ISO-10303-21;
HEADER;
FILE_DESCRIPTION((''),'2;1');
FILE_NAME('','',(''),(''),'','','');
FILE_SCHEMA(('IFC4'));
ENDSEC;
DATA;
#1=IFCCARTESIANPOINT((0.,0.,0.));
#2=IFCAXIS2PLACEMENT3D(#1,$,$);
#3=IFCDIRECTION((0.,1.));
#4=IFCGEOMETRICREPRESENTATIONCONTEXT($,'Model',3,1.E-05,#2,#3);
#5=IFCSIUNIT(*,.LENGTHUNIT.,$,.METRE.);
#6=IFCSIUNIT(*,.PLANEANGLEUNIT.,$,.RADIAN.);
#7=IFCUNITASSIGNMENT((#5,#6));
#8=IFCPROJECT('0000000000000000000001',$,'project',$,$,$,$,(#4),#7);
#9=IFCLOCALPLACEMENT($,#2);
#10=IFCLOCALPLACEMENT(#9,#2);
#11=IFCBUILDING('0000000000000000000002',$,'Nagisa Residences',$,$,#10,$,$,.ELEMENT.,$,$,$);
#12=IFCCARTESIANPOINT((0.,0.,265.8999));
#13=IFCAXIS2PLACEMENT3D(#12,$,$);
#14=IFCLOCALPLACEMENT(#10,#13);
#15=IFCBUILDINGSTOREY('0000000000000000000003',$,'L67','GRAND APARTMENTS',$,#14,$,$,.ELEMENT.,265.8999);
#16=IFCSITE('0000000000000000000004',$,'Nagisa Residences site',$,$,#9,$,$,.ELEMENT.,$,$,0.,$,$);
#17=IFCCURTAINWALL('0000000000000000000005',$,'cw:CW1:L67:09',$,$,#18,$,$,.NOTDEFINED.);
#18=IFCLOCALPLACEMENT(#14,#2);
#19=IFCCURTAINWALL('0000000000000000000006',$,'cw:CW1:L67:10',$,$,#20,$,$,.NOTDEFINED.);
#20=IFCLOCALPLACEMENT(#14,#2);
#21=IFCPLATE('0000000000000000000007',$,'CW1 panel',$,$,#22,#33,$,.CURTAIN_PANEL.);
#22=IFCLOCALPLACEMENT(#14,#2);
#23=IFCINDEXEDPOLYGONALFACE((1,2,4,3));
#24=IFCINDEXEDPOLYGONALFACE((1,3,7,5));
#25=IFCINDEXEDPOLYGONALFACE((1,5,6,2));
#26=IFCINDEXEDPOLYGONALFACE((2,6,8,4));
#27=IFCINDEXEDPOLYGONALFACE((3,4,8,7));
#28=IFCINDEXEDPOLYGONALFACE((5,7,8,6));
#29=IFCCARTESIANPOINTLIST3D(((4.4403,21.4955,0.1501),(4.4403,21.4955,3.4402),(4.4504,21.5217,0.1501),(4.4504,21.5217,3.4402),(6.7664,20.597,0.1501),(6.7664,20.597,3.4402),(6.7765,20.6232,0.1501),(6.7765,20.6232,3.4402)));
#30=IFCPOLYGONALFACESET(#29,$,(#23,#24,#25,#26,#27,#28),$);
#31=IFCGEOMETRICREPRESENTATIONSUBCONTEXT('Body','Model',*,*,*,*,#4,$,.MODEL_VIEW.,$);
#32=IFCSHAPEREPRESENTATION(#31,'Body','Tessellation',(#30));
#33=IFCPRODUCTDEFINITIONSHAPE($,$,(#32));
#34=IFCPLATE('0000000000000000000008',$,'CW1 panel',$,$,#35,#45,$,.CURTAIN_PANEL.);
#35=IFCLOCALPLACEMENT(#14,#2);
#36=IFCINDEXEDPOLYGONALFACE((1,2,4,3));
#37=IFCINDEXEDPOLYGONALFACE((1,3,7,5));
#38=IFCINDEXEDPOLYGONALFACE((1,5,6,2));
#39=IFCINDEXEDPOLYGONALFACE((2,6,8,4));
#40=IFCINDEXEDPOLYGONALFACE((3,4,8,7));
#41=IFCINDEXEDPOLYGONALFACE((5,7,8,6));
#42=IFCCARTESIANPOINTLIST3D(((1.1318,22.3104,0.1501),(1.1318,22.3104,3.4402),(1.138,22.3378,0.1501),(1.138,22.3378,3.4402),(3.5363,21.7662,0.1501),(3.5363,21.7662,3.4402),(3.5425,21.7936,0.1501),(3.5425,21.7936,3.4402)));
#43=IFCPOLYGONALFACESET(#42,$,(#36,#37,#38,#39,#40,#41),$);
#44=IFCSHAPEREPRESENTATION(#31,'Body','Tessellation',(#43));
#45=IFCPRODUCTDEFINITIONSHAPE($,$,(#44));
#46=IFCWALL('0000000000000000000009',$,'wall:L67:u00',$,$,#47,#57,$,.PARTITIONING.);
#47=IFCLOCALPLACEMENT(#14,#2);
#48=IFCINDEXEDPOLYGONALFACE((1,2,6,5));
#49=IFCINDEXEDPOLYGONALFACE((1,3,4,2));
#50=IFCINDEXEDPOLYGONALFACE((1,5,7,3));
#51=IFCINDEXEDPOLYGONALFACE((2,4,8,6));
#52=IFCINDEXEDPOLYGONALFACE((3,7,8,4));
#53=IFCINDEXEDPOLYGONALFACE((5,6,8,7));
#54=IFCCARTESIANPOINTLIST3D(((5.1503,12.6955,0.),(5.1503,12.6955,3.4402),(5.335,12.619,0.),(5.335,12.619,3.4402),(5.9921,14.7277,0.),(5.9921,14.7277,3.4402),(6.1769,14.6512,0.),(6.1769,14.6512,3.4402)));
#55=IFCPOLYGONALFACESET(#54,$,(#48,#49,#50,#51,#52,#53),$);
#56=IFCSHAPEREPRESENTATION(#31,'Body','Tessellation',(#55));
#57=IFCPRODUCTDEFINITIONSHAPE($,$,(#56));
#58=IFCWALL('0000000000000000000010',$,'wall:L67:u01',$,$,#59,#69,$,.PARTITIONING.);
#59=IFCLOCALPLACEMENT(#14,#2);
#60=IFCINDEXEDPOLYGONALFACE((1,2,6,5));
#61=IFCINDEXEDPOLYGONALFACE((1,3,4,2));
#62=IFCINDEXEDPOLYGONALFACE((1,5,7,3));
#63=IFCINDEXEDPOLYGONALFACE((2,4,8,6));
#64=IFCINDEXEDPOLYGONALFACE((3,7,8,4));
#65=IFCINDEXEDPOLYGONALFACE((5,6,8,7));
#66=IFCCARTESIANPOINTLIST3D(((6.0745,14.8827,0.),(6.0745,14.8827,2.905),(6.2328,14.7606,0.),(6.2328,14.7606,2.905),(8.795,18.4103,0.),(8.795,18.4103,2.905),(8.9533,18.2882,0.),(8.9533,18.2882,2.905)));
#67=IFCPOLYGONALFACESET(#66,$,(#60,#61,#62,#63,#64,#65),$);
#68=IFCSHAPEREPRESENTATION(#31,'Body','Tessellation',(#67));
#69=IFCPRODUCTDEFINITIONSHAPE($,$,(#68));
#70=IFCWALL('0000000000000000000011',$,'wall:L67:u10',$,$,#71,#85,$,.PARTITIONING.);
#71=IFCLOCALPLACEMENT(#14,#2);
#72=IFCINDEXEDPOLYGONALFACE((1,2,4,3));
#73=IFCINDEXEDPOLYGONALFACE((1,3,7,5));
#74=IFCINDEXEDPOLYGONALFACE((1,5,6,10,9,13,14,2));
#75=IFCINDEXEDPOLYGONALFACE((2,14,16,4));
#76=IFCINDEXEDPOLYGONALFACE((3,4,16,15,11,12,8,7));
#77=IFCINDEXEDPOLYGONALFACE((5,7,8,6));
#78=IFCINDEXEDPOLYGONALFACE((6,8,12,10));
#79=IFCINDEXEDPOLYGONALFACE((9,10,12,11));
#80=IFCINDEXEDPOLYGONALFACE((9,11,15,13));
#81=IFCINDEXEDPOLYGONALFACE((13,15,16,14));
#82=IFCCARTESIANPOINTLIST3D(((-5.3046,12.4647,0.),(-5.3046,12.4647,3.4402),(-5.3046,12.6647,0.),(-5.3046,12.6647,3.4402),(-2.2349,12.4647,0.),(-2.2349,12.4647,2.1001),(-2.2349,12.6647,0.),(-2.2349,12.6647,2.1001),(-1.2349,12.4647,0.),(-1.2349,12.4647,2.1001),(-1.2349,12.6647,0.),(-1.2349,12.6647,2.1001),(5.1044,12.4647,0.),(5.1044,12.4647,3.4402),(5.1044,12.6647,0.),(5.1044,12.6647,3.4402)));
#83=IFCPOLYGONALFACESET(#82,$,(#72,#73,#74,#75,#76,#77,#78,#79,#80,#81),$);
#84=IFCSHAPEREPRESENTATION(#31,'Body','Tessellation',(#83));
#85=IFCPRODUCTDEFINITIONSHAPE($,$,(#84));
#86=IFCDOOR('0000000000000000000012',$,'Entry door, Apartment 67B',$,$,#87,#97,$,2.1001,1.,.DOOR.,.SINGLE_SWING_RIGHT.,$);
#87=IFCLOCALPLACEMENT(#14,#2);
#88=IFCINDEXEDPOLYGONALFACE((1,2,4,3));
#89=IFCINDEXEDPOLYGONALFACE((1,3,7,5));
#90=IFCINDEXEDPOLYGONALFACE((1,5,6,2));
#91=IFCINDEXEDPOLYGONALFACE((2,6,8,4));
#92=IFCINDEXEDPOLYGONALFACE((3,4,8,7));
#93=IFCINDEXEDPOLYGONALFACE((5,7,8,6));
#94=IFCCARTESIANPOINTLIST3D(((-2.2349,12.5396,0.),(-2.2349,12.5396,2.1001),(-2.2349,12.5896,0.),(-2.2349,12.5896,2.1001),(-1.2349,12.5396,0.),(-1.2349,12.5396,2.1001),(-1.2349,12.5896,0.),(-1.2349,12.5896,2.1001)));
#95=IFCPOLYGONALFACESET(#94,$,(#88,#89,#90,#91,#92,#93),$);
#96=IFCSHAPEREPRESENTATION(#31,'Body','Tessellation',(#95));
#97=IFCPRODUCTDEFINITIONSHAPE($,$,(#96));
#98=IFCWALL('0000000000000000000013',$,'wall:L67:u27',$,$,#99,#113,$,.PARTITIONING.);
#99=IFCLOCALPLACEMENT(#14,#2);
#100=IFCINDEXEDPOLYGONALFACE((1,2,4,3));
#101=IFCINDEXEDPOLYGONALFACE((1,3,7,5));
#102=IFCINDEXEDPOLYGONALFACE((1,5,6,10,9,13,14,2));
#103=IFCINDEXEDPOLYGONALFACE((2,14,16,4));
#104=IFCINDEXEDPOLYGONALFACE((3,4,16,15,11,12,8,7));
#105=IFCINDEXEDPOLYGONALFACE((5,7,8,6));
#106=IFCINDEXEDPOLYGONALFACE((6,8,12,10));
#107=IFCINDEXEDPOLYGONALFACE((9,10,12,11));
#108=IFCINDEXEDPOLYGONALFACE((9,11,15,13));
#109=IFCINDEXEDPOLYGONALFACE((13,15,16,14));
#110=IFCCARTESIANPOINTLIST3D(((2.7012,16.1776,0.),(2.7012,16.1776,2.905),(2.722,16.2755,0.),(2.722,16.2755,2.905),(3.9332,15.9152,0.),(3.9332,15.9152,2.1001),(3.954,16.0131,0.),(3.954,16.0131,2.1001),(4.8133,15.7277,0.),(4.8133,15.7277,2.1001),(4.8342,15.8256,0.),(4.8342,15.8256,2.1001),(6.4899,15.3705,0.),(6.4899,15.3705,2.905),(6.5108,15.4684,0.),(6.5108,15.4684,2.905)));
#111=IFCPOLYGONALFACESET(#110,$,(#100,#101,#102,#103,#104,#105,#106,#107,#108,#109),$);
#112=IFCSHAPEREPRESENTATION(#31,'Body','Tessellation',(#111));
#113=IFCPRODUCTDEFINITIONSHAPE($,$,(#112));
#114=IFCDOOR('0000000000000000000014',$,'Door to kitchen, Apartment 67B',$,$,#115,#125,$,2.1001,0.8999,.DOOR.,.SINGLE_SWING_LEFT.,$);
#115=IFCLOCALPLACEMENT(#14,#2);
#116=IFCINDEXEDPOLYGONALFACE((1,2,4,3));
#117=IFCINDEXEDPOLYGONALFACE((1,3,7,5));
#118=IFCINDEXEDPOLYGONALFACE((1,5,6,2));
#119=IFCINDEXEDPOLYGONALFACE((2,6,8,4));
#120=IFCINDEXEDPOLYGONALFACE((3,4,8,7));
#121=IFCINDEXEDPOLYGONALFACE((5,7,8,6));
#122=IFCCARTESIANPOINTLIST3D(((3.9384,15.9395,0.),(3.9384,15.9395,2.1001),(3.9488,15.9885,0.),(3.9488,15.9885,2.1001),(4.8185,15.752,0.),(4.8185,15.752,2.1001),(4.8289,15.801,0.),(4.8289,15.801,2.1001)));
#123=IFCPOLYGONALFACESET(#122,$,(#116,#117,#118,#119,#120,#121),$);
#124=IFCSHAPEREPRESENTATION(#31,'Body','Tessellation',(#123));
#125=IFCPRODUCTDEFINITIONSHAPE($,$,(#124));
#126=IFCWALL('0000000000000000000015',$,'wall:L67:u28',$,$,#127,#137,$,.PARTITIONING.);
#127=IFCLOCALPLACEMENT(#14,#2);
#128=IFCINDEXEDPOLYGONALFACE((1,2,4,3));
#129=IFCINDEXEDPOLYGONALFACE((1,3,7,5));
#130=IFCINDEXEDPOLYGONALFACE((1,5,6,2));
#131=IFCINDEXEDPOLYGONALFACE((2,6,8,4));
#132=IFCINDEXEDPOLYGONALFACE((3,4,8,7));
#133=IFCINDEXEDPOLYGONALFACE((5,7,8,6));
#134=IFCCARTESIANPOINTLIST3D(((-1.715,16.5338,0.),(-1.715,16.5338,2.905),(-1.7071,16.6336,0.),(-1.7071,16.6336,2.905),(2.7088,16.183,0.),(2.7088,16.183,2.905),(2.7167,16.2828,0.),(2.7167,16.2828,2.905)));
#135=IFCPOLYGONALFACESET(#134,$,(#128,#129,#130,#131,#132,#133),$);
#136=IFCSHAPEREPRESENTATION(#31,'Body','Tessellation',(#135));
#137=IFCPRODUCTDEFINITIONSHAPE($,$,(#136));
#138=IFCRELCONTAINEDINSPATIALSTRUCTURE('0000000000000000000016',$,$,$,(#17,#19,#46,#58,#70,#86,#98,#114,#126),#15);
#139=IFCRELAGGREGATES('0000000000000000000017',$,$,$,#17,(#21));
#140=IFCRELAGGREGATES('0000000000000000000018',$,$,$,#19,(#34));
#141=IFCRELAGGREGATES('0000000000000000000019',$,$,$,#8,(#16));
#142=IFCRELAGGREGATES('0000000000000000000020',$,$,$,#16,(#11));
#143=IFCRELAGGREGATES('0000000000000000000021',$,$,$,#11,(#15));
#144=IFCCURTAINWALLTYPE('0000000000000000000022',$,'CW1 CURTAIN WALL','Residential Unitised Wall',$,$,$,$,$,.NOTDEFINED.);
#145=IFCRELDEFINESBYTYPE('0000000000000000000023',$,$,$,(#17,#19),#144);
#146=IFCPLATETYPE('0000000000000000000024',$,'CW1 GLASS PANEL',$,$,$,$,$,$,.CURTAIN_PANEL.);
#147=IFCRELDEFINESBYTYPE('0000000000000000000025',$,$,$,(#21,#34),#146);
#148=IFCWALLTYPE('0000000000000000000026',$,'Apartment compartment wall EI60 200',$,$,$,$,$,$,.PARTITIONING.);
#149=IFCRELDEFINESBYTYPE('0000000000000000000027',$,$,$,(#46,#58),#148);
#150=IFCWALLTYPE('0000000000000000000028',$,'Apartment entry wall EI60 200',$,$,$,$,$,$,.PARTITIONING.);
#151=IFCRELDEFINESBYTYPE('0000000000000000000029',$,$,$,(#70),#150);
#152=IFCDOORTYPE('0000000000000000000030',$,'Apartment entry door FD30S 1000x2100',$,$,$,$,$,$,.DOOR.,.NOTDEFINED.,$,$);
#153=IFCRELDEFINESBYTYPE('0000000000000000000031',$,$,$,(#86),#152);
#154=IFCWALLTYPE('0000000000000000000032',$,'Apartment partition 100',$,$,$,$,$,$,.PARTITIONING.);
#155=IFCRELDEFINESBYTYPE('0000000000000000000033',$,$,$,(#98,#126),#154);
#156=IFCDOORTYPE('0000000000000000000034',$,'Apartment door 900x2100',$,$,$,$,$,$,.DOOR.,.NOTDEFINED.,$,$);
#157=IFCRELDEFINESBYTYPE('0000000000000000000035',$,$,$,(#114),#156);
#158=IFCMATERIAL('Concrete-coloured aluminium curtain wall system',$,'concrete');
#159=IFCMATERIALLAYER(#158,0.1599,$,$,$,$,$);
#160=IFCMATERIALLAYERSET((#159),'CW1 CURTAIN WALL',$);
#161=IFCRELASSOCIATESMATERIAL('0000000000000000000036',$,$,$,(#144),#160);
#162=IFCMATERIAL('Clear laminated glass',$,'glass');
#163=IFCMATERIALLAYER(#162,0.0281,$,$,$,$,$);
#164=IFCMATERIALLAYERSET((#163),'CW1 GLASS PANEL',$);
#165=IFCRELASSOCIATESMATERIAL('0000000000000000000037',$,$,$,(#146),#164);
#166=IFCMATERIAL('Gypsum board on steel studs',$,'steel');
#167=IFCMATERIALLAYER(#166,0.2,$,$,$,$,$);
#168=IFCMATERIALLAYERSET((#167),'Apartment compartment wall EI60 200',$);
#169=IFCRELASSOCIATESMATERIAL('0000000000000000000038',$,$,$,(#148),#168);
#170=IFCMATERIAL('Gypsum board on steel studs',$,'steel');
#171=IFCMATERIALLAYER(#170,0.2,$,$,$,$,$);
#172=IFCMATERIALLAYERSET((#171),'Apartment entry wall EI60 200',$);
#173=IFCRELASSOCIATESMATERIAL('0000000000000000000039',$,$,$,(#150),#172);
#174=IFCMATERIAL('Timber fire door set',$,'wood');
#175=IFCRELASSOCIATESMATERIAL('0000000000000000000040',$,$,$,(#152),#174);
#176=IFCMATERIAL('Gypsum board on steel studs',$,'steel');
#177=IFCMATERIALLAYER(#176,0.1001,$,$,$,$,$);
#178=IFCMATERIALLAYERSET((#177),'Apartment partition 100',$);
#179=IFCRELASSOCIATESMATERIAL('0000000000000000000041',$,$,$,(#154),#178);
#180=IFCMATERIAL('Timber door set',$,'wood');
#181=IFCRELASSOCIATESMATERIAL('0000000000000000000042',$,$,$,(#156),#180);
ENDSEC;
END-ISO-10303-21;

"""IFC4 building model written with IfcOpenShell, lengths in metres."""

from ifc_helpers import new_model, si_unit, direction, frame, frame_2d, origin, origin_2d, place, context, subcontext, project, spatial, rectangle, extrude, material, layer, layer_set, type_object, element, fill, aggregate, save


model = new_model("IFC4")

# Units and contexts
model_context = context("Model", 3, precision=1e-05, world=origin(), true_north=direction((0.0, 1.0)))
body_context = subcontext(model_context, "Body", "Model", "MODEL_VIEW")
ifc_project = project(units=[si_unit("LENGTHUNIT", "METRE"), si_unit("PLANEANGLEUNIT", "RADIAN")], contexts=[model_context])

# Site, building, storey
site_placement = place(None, origin())
site = spatial("IfcSite", under=ifc_project, at=site_placement, Name="Nagisa Residences site", CompositionType="ELEMENT", RefElevation=0.0)
building_placement = place(site_placement, origin())
building = spatial("IfcBuilding", under=site, at=building_placement, Name="Nagisa Residences", CompositionType="ELEMENT")
storey_placement = place(building_placement, frame((0.0, 0.0, 265.8999)))
storey = spatial("IfcBuildingStorey", under=building, at=storey_placement, Name="L67", Description="GRAND APARTMENTS", CompositionType="ELEMENT", Elevation=265.8999)

# Curtain walls
ifc_material_1 = material(Name="Concrete-coloured aluminium curtain wall system", Category="concrete")
ifc_layer_1 = layer(ifc_material_1, 0.1599)
ifc_layer_set_1 = layer_set([ifc_layer_1], Name="CW1 CURTAIN WALL")
curtain_wall_type = type_object("IfcCurtainWallType", Name="CW1 CURTAIN WALL", Description="Residential Unitised Wall", PredefinedType="NOTDEFINED", material=ifc_layer_set_1)
curtain_wall_1_placement = place(storey_placement, origin())
curtain_wall_1 = element("IfcCurtainWall", 1, at=curtain_wall_1_placement, inside=storey, type_object=curtain_wall_type, Name="cw:CW1:L67:09", PredefinedType="NOTDEFINED")
curtain_wall_2_placement = place(storey_placement, origin())
curtain_wall_2 = element("IfcCurtainWall", 2, at=curtain_wall_2_placement, inside=storey, type_object=curtain_wall_type, Name="cw:CW1:L67:10", PredefinedType="NOTDEFINED")

# Shared definitions
ifc_material_2 = material(Name="Clear laminated glass", Category="glass")
ifc_layer_2 = layer(ifc_material_2, 0.0281)
ifc_layer_set_2 = layer_set([ifc_layer_2], Name="CW1 GLASS PANEL")
plate_type = type_object("IfcPlateType", Name="CW1 GLASS PANEL", PredefinedType="CURTAIN_PANEL", material=ifc_layer_set_2)

# Plates
plate_1_placement = place(storey_placement, frame((5.6084, 21.0593, 0.1501), z_axis=(0.0, 0.0, 1.0), x_axis=(-0.932826, 0.360328, 0.0)))
plate_1 = element("IfcPlate", 3, at=plate_1_placement, type_object=plate_type, Name="CW1 panel", PredefinedType="CURTAIN_PANEL", context=body_context, shape_type="SweptSolid", body=[
    extrude(rectangle(XDim=2.4937, YDim=0.0281, at=origin_2d()), origin(), (0.0, 0.0, 1.0), 3.29),
])
aggregate(curtain_wall_1, [plate_1])
plate_2_placement = place(storey_placement, frame((2.3372, 22.052, 0.1501), z_axis=(0.0, 0.0, 1.0), x_axis=(-0.975327, 0.220764, 0.0)))
plate_2 = element("IfcPlate", 4, at=plate_2_placement, type_object=plate_type, Name="CW1 panel", PredefinedType="CURTAIN_PANEL", context=body_context, shape_type="SweptSolid", body=[
    extrude(rectangle(XDim=2.4653, YDim=0.0281, at=origin_2d()), origin(), (0.0, 0.0, 1.0), 3.29),
])
aggregate(curtain_wall_2, [plate_2])

# Walls
ifc_material_3 = material(Name="Gypsum board on steel studs", Category="steel")
ifc_layer_3 = layer(ifc_material_3, 0.2)
ifc_layer_set_3 = layer_set([ifc_layer_3], Name="Apartment compartment wall EI60 200")
wall_type_1 = type_object("IfcWallType", Name="Apartment compartment wall EI60 200", PredefinedType="PARTITIONING", material=ifc_layer_set_3)
wall_1_placement = place(storey_placement, frame((5.2427, 12.6572, 0.0), z_axis=(0.0, 0.0, 1.0), x_axis=(0.382692, 0.923876, 0.0)))
element("IfcWall", 5, at=wall_1_placement, inside=storey, type_object=wall_type_1, Name="wall:L67:u00", PredefinedType="PARTITIONING", context=body_context, shape_type="SweptSolid", body=[
    extrude(rectangle(XDim=2.1997, YDim=0.2, at=frame_2d((1.0999, 0.0))), origin(), (0.0, 0.0, 1.0), 3.4402),
])
wall_2_placement = place(storey_placement, frame((6.1536, 14.8215, 0.0), z_axis=(0.0, 0.0, 1.0), x_axis=(0.610688, 0.791872, 0.0)))
element("IfcWall", 6, at=wall_2_placement, inside=storey, type_object=wall_type_1, Name="wall:L67:u01", PredefinedType="PARTITIONING", context=body_context, shape_type="SweptSolid", body=[
    extrude(rectangle(XDim=4.4548, YDim=0.2, at=frame_2d((2.2275, 0.0))), origin(), (0.0, 0.0, 1.0), 2.905),
])

# Walls, openings, doors
ifc_material_4 = material(Name="Gypsum board on steel studs", Category="steel")
ifc_layer_4 = layer(ifc_material_4, 0.2)
ifc_layer_set_4 = layer_set([ifc_layer_4], Name="Apartment entry wall EI60 200")
wall_type_2 = type_object("IfcWallType", Name="Apartment entry wall EI60 200", PredefinedType="PARTITIONING", material=ifc_layer_set_4)
wall_3_placement = place(storey_placement, frame((5.1045, 12.5647, 0.0), z_axis=(0.0, 0.0, 1.0), x_axis=(-1.0, 0.0, 0.0)))
wall_3 = element("IfcWall", 7, at=wall_3_placement, inside=storey, type_object=wall_type_2, Name="wall:L67:u10", PredefinedType="PARTITIONING", context=body_context, shape_type="SweptSolid", body=[
    extrude(rectangle(XDim=10.4089, YDim=0.2, at=frame_2d((5.2046, 0.0))), origin(), (0.0, 0.0, 1.0), 3.4402),
])
opening_1_placement = place(wall_3_placement, frame((6.3394, 0.0, 0.0)))
opening_1 = element("IfcOpeningElement", 8, at=opening_1_placement, cuts=wall_3, PredefinedType="OPENING", context=body_context, shape_type="SweptSolid", body=[
    extrude(rectangle(XDim=1.0, YDim=2.1001, at=frame_2d((0.5, 1.05))), frame((0.0, 0.1099, 0.0), z_axis=(0.0, -1.0, 0.0), x_axis=(1.0, 0.0, 0.0)), (0.0, 0.0, 1.0), 0.22),
])
ifc_material_5 = material(Name="Timber fire door set", Category="wood")
door_type_1 = type_object("IfcDoorType", Name="Apartment entry door FD30S 1000x2100", OperationType="NOTDEFINED", PredefinedType="DOOR", material=ifc_material_5)
door_1_placement = place(opening_1_placement, frame((1.0, 0.0, 0.0), x_axis=(-1.0, 0.0, 0.0)))
door_1 = element("IfcDoor", 9, at=door_1_placement, inside=storey, type_object=door_type_1, Name="Entry door, Apartment 67B", OperationType="SINGLE_SWING_RIGHT", OverallHeight=2.1001, OverallWidth=1.0, PredefinedType="DOOR", context=body_context, shape_type="SweptSolid", body=[
    extrude(rectangle(XDim=1.0, YDim=2.1001, at=frame_2d((0.5, 1.05))), frame((0.0, 0.0249, 0.0), z_axis=(0.0, -1.0, 0.0), x_axis=(1.0, 0.0, 0.0)), (0.0, 0.0, 1.0), 0.05),
])
fill(opening_1, door_1)
ifc_material_6 = material(Name="Gypsum board on steel studs", Category="steel")
ifc_layer_5 = layer(ifc_material_6, 0.1001)
ifc_layer_set_5 = layer_set([ifc_layer_5], Name="Apartment partition 100")
wall_type_3 = type_object("IfcWallType", Name="Apartment partition 100", PredefinedType="PARTITIONING", material=ifc_layer_set_5)
wall_4_placement = place(storey_placement, frame((6.5005, 15.4194, 0.0), z_axis=(0.0, 0.0, 1.0), x_axis=(-0.978053, 0.208354, 0.0)))
wall_4 = element("IfcWall", 10, at=wall_4_placement, inside=storey, type_object=wall_type_3, Name="wall:L67:u27", PredefinedType="PARTITIONING", context=body_context, shape_type="SweptSolid", body=[
    extrude(rectangle(XDim=3.8738, YDim=0.1001, at=frame_2d((1.937, 0.0))), origin(), (0.0, 0.0, 1.0), 2.905),
])
opening_2_placement = place(wall_4_placement, frame((1.7144, 0.0, 0.0)))
opening_2 = element("IfcOpeningElement", 11, at=opening_2_placement, cuts=wall_4, PredefinedType="OPENING", context=body_context, shape_type="SweptSolid", body=[
    extrude(rectangle(XDim=0.8999, YDim=2.1001, at=frame_2d((0.45, 1.05))), frame((0.0, 0.0601, 0.0), z_axis=(0.0, -1.0, 0.0), x_axis=(1.0, 0.0, 0.0)), (0.0, 0.0, 1.0), 0.1201),
])
ifc_material_7 = material(Name="Timber door set", Category="wood")
door_type_2 = type_object("IfcDoorType", Name="Apartment door 900x2100", OperationType="NOTDEFINED", PredefinedType="DOOR", material=ifc_material_7)
door_2_placement = place(opening_2_placement, frame((0.8999, 0.0, 0.0), x_axis=(-1.0, 0.0, 0.0)))
door_2 = element("IfcDoor", 12, at=door_2_placement, inside=storey, type_object=door_type_2, Name="Door to kitchen, Apartment 67B", OperationType="SINGLE_SWING_LEFT", OverallHeight=2.1001, OverallWidth=0.8999, PredefinedType="DOOR", context=body_context, shape_type="SweptSolid", body=[
    extrude(rectangle(XDim=0.8999, YDim=2.1001, at=frame_2d((0.45, 1.05))), frame((0.0, 0.0249, 0.0), z_axis=(0.0, -1.0, 0.0), x_axis=(1.0, 0.0, 0.0)), (0.0, 0.0, 1.0), 0.05),
])
fill(opening_2, door_2)

# Wall
wall_5_placement = place(storey_placement, frame((2.7126, 16.2329, 0.0), z_axis=(0.0, 0.0, 1.0), x_axis=(-0.99687, 0.079056, 0.0)))
element("IfcWall", 13, at=wall_5_placement, inside=storey, type_object=wall_type_3, Name="wall:L67:u28", PredefinedType="PARTITIONING", context=body_context, shape_type="SweptSolid", body=[
    extrude(rectangle(XDim=4.4377, YDim=0.1001, at=frame_2d((2.2188, 0.0))), origin(), (0.0, 0.0, 1.0), 2.905),
])

save(model, "model.ifc")
